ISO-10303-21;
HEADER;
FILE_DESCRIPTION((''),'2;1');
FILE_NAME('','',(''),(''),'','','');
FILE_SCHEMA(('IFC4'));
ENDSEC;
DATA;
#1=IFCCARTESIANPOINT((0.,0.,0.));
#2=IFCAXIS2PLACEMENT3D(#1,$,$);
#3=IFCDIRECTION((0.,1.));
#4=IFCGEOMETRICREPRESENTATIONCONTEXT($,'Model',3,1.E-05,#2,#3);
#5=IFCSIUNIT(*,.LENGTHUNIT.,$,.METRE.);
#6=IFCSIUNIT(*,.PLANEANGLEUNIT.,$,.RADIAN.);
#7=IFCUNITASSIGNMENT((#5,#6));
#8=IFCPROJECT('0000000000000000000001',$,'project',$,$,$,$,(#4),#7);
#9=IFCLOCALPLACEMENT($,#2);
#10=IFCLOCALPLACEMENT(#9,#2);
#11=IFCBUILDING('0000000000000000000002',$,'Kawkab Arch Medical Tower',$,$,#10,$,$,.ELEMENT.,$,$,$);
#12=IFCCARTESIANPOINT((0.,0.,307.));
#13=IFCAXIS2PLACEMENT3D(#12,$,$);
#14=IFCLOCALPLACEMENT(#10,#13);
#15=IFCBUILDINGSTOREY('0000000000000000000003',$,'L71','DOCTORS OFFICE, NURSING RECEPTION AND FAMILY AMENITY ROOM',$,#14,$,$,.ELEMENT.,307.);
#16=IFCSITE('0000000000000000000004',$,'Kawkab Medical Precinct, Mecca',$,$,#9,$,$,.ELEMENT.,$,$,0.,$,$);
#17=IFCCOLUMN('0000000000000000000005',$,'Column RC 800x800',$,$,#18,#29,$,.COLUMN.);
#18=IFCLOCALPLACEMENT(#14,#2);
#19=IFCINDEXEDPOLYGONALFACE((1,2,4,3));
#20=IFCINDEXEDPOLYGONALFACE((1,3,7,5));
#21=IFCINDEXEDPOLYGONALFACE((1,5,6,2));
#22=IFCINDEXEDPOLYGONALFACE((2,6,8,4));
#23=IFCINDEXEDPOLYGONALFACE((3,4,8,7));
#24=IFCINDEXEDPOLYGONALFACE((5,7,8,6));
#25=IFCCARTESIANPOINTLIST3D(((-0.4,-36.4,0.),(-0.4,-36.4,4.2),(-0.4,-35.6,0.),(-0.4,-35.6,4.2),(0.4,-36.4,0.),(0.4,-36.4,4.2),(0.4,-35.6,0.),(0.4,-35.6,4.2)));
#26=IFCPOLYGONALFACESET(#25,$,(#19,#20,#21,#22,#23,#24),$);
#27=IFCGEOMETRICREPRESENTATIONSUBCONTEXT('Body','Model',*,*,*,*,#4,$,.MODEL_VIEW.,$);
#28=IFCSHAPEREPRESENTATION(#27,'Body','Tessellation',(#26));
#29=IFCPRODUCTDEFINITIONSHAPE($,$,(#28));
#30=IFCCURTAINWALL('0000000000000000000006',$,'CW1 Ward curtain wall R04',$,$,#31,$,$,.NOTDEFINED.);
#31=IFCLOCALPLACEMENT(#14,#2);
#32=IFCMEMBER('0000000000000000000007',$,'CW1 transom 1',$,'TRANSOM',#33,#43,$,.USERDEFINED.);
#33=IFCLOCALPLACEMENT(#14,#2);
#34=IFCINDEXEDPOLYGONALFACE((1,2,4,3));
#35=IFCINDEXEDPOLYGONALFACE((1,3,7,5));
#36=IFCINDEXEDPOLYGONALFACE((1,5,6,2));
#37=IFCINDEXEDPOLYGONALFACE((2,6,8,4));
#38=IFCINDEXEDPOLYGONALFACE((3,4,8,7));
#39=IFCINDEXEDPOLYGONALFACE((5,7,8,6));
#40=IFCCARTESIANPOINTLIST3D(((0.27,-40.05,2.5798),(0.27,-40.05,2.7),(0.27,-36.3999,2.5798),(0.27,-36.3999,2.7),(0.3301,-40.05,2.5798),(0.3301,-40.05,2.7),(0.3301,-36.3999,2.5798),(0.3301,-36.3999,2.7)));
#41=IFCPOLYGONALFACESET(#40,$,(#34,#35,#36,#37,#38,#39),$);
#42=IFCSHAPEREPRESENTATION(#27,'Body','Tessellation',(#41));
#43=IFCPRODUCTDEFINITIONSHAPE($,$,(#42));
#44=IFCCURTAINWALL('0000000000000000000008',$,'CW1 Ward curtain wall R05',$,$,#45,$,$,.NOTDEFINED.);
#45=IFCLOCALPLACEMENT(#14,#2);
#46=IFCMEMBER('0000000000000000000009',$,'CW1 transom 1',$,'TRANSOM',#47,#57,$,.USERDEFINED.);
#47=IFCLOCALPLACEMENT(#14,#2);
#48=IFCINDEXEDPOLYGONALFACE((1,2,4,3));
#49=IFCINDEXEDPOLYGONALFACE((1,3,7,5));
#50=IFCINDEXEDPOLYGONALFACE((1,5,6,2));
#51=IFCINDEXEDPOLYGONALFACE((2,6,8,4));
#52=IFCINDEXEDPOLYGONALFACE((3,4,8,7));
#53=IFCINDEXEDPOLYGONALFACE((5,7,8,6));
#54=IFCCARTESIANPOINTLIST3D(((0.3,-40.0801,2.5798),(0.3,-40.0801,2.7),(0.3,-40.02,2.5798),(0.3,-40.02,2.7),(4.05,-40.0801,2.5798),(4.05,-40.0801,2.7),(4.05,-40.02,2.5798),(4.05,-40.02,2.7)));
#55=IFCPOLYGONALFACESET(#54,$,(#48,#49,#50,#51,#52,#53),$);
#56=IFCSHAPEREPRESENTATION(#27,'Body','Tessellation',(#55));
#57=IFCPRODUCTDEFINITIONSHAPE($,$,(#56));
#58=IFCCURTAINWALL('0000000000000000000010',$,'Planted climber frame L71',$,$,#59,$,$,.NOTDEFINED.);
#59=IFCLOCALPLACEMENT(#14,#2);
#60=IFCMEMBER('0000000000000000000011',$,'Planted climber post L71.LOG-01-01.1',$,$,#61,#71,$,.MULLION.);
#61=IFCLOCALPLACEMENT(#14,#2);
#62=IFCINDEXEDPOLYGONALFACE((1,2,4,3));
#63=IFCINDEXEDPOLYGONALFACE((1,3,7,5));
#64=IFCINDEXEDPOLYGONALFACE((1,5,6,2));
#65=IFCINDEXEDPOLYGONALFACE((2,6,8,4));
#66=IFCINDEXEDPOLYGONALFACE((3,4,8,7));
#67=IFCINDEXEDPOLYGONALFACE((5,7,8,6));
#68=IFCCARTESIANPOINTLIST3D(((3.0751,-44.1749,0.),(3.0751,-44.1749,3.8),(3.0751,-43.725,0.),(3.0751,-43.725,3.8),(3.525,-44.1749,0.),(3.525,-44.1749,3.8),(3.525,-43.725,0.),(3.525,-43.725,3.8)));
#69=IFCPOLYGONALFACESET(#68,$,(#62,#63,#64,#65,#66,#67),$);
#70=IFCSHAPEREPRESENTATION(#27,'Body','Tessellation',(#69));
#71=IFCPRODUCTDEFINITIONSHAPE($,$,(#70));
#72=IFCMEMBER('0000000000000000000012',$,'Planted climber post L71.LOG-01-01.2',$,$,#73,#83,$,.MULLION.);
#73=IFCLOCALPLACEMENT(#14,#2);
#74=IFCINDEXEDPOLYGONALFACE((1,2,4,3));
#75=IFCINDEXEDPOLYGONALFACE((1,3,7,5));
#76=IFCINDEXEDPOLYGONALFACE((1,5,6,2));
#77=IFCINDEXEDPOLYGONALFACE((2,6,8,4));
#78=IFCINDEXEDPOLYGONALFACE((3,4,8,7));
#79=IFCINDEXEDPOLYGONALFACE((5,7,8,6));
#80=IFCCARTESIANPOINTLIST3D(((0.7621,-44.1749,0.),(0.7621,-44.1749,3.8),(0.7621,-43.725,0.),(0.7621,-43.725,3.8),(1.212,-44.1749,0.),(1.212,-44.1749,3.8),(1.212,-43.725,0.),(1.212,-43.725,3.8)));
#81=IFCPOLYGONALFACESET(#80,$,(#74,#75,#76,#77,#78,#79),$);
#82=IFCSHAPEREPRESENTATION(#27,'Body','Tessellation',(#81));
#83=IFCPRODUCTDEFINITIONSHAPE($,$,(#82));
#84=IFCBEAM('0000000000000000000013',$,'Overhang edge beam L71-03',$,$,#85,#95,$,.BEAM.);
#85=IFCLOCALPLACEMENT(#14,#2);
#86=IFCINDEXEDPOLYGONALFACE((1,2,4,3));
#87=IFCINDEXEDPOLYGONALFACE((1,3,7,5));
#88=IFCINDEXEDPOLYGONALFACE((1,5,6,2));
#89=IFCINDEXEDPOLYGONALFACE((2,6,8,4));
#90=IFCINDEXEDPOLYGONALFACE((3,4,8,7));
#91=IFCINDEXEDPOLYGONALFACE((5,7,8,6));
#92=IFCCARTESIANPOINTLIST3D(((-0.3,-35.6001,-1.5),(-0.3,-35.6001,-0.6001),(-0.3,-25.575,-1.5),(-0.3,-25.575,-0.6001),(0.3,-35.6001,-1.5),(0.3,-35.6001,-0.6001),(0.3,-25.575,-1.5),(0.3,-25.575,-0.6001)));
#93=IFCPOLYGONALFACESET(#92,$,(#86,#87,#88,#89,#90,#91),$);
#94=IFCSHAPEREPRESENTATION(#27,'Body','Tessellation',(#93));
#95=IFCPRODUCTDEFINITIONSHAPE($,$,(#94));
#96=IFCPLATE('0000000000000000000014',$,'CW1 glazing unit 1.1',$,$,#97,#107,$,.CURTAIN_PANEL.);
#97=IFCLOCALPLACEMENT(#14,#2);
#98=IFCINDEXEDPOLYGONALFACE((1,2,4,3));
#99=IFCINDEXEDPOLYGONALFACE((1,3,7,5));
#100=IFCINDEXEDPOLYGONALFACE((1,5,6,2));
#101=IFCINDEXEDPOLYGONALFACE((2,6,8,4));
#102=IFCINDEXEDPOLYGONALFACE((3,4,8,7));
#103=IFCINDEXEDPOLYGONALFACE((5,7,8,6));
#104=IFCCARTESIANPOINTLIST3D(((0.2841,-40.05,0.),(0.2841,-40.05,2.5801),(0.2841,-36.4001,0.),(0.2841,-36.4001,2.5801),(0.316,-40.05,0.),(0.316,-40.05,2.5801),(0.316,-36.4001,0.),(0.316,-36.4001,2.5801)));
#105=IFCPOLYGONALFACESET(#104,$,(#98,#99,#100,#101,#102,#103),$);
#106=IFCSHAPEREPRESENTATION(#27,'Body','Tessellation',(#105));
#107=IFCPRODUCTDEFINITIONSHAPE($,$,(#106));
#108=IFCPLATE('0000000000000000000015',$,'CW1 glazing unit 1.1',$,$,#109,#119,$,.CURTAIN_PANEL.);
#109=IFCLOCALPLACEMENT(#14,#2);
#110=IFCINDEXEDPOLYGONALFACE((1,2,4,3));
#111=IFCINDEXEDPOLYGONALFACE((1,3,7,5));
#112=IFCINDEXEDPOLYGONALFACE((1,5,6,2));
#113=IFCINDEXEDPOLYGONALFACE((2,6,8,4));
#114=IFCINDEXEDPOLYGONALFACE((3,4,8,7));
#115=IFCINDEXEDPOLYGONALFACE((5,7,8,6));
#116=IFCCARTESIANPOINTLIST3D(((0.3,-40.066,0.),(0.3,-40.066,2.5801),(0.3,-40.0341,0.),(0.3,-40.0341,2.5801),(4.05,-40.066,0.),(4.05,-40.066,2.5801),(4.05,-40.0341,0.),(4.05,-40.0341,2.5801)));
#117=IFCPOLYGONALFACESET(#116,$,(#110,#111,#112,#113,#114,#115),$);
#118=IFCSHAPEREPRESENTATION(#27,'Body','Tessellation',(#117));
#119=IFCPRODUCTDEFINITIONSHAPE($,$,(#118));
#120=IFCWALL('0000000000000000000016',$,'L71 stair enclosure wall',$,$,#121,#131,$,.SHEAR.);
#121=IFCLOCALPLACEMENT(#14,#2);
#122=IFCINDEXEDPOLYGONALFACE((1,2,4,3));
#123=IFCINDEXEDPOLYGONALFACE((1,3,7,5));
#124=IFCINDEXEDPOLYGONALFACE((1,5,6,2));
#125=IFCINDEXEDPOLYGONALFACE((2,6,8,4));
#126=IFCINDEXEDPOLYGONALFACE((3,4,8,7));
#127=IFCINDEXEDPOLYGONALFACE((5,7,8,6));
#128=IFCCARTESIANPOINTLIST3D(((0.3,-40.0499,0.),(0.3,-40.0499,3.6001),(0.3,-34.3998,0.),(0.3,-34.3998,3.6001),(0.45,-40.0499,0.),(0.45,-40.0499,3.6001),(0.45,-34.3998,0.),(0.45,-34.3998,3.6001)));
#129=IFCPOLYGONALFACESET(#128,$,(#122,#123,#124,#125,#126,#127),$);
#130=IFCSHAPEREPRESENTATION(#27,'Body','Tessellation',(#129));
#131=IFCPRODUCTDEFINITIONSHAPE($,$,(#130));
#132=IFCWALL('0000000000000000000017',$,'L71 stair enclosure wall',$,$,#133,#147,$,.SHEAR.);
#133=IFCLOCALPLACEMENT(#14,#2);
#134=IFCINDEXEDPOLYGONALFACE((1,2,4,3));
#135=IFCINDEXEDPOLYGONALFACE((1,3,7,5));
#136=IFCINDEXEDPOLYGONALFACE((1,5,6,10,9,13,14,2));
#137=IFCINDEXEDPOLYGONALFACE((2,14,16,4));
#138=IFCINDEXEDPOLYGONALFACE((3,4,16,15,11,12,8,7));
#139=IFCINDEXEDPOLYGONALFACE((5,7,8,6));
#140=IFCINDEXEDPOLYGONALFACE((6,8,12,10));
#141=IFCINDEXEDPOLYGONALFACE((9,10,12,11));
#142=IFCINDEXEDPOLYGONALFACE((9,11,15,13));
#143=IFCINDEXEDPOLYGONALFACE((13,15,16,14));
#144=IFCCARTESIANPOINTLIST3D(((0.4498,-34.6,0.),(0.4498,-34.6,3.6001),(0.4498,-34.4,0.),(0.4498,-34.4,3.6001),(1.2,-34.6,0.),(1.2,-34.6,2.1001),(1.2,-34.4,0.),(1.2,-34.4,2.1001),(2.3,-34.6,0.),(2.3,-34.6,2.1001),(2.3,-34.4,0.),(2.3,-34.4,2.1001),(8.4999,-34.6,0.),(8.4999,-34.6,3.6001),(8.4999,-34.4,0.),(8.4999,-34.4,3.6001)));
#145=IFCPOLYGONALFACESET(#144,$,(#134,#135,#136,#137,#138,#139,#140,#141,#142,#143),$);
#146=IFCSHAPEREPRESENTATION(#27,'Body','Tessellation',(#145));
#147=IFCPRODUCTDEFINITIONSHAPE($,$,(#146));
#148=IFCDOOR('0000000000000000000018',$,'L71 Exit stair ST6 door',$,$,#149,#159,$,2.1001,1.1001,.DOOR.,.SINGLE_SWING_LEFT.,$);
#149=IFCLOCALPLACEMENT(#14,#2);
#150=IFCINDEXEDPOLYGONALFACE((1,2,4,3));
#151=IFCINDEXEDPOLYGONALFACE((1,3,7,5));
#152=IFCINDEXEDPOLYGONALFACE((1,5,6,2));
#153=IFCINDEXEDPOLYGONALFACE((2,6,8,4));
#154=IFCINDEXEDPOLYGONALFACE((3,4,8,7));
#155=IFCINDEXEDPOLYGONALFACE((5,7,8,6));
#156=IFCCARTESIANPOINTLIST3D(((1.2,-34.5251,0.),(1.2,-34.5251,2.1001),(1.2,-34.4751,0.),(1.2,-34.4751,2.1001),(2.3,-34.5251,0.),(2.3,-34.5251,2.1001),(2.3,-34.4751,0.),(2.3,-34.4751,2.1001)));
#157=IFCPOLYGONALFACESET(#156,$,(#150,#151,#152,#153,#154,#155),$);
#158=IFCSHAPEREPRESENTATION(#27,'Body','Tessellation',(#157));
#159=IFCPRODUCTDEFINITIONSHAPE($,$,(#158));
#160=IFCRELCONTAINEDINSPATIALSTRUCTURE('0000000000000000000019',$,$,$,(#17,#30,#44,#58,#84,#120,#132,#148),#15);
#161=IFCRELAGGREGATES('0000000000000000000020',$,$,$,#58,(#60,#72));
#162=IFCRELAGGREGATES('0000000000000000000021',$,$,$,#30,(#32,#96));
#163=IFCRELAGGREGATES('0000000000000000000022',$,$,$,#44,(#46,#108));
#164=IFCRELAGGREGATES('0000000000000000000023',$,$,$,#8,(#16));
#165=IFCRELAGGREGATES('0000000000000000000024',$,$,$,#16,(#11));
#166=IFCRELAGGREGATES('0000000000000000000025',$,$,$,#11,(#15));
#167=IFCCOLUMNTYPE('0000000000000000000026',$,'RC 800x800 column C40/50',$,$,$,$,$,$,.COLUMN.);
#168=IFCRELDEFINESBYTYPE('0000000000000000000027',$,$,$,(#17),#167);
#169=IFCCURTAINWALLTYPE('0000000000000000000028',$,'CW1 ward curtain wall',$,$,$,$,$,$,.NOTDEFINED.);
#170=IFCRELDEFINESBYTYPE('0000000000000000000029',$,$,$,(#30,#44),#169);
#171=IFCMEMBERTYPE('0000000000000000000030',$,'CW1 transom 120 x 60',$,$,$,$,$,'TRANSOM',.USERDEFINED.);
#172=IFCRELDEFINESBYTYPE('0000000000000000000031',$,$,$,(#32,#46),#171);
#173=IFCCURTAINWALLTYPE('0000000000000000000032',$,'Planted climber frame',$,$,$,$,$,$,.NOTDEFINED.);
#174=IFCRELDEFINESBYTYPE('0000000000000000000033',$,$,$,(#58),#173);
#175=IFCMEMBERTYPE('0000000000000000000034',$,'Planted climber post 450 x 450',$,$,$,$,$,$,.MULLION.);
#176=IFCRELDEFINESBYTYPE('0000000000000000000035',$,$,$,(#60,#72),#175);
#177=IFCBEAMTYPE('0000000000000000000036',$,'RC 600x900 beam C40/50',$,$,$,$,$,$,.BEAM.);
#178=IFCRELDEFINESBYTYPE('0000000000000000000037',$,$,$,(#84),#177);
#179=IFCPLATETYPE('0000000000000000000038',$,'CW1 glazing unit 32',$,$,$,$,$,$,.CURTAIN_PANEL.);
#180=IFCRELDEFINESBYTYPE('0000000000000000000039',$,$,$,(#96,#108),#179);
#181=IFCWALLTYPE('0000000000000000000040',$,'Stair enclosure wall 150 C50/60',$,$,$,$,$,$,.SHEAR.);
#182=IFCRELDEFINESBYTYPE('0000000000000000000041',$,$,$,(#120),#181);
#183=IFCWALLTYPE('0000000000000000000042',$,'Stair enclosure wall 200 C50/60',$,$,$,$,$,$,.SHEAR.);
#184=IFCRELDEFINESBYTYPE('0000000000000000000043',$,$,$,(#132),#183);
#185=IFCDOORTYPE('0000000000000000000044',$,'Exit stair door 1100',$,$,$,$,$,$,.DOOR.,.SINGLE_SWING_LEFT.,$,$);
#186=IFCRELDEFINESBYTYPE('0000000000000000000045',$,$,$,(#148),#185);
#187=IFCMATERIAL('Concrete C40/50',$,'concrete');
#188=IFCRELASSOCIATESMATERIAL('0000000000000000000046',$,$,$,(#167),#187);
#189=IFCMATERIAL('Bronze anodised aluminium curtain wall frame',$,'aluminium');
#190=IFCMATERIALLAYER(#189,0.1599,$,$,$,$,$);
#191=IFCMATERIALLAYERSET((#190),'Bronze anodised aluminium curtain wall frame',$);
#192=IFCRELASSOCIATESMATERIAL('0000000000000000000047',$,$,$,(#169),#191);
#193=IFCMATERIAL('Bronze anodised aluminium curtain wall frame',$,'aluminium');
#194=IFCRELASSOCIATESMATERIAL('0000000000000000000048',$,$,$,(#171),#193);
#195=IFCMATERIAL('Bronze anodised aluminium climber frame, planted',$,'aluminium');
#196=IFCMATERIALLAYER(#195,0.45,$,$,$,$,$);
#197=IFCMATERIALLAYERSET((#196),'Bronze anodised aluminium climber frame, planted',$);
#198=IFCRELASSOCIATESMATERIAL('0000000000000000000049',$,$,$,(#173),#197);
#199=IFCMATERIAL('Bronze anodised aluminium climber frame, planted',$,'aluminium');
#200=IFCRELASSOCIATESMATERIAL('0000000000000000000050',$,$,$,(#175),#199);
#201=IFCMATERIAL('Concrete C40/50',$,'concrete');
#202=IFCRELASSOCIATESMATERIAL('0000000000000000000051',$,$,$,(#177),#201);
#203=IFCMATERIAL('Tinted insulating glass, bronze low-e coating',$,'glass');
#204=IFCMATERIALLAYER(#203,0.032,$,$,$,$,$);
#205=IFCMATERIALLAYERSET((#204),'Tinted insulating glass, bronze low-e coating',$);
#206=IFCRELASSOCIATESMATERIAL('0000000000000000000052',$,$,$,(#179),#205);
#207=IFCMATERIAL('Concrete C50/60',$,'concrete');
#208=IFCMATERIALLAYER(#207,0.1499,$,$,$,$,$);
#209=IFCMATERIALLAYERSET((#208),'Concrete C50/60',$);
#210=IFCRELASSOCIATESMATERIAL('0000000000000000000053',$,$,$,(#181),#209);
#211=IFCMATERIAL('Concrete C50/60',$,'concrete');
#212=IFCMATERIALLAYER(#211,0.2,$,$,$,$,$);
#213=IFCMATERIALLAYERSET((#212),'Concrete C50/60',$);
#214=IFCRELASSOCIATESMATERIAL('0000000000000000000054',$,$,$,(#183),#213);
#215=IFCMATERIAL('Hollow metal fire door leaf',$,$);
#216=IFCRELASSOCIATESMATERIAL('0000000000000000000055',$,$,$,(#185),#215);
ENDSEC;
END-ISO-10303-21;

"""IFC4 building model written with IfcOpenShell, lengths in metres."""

from ifc_helpers import new_model, si_unit, direction, frame, frame_2d, origin, origin_2d, place, context, subcontext, project, spatial, rectangle, extrude, material, layer, layer_set, material_profile, profile_set, type_object, element, fill, aggregate, save


model = new_model("IFC4")

# Units and contexts
model_context = context("Model", 3, precision=1e-05, world=origin(), true_north=direction((0.0, 1.0)))
body_context = subcontext(model_context, "Body", "Model", "MODEL_VIEW")
ifc_project = project(units=[si_unit("LENGTHUNIT", "METRE"), si_unit("PLANEANGLEUNIT", "RADIAN")], contexts=[model_context])

# Site, building, storey
site_placement = place(None, origin())
site = spatial("IfcSite", under=ifc_project, at=site_placement, Name="Kawkab Medical Precinct, Mecca", CompositionType="ELEMENT", RefElevation=0.0)
building_placement = place(site_placement, origin())
building = spatial("IfcBuilding", under=site, at=building_placement, Name="Kawkab Arch Medical Tower", CompositionType="ELEMENT")
storey_placement = place(building_placement, frame((0.0, 0.0, 307.0)))
storey = spatial("IfcBuildingStorey", under=building, at=storey_placement, Name="L71", Description="DOCTORS OFFICE, NURSING RECEPTION AND FAMILY AMENITY ROOM", CompositionType="ELEMENT", Elevation=307.0)

# Column
ifc_material_1 = material(Name="Concrete C40/50", Category="concrete")
ifc_material_profile_1 = material_profile(ifc_material_1, rectangle(XDim=0.8, YDim=0.8, at=origin_2d()), Name="RC 800x800")
ifc_profile_set_1 = profile_set([ifc_material_profile_1], Name="Concrete C40/50")
column_type = type_object("IfcColumnType", Name="RC 800x800 column C40/50", PredefinedType="COLUMN", material=ifc_profile_set_1)
column_placement = place(storey_placement, frame((0.0, -36.0, 0.0), z_axis=(0.0, 0.0, 1.0), x_axis=(1.0, 0.0, 0.0)))
element("IfcColumn", 1, at=column_placement, inside=storey, type_object=column_type, Name="Column RC 800x800", PredefinedType="COLUMN", context=body_context, shape_type="SweptSolid", body=[
    extrude(rectangle(XDim=0.8, YDim=0.8, at=origin_2d()), origin(), (0.0, 0.0, 1.0), 4.2),
])

# Curtain walls, members
ifc_material_2 = material(Name="Bronze anodised aluminium curtain wall frame", Category="aluminium")
ifc_layer_1 = layer(ifc_material_2, 0.1599)
ifc_layer_set_1 = layer_set([ifc_layer_1], Name="Bronze anodised aluminium curtain wall frame")
curtain_wall_type_1 = type_object("IfcCurtainWallType", Name="CW1 ward curtain wall", PredefinedType="NOTDEFINED", material=ifc_layer_set_1)
placement = place(storey_placement, origin())
curtain_wall_1 = element("IfcCurtainWall", 2, at=placement, inside=storey, type_object=curtain_wall_type_1, Name="CW1 Ward curtain wall R04", PredefinedType="NOTDEFINED")
ifc_material_3 = material(Name="Bronze anodised aluminium curtain wall frame", Category="aluminium")
ifc_material_profile_2 = material_profile(ifc_material_3, rectangle(XDim=0.0601, YDim=0.1201, at=origin_2d()), Name="AL 60x120")
ifc_profile_set_2 = profile_set([ifc_material_profile_2], Name="Bronze anodised aluminium curtain wall frame")
member_type_1 = type_object("IfcMemberType", Name="CW1 transom 120 x 60", ElementType="TRANSOM", PredefinedType="USERDEFINED", material=ifc_profile_set_2)
member_1_placement = place(storey_placement, frame((0.3, -36.3999, 2.6399), z_axis=(0.0, -1.0, 0.0), x_axis=(1.0, 0.0, 0.0)))
member_1 = element("IfcMember", 3, at=member_1_placement, type_object=member_type_1, Name="CW1 transom 1", ObjectType="TRANSOM", PredefinedType="USERDEFINED", context=body_context, shape_type="SweptSolid", body=[
    extrude(rectangle(XDim=0.0601, YDim=0.1201, at=origin_2d()), origin(), (0.0, 0.0, 1.0), 3.6501),
])
curtain_wall_2 = element("IfcCurtainWall", 4, at=placement, inside=storey, type_object=curtain_wall_type_1, Name="CW1 Ward curtain wall R05", PredefinedType="NOTDEFINED")
member_2_placement = place(storey_placement, frame((0.3, -40.05, 2.6399), z_axis=(1.0, 0.0, 0.0), x_axis=(0.0, 1.0, 0.0)))
member_2 = element("IfcMember", 5, at=member_2_placement, type_object=member_type_1, Name="CW1 transom 1", ObjectType="TRANSOM", PredefinedType="USERDEFINED", context=body_context, shape_type="SweptSolid", body=[
    extrude(rectangle(XDim=0.0601, YDim=0.1201, at=origin_2d()), origin(), (0.0, 0.0, 1.0), 3.75),
])

# Curtain wall, members
ifc_material_4 = material(Name="Bronze anodised aluminium climber frame, planted", Category="aluminium")
ifc_layer_2 = layer(ifc_material_4, 0.45)
ifc_layer_set_2 = layer_set([ifc_layer_2], Name="Bronze anodised aluminium climber frame, planted")
curtain_wall_type_2 = type_object("IfcCurtainWallType", Name="Planted climber frame", PredefinedType="NOTDEFINED", material=ifc_layer_set_2)
curtain_wall_3 = element("IfcCurtainWall", 6, at=placement, inside=storey, type_object=curtain_wall_type_2, Name="Planted climber frame L71", PredefinedType="NOTDEFINED")
ifc_material_5 = material(Name="Bronze anodised aluminium climber frame, planted", Category="aluminium")
ifc_material_profile_3 = material_profile(ifc_material_5, rectangle(XDim=0.45, YDim=0.45, at=origin_2d()), Name="Post 450x450")
ifc_profile_set_3 = profile_set([ifc_material_profile_3], Name="Bronze anodised aluminium climber frame, planted")
member_type_2 = type_object("IfcMemberType", Name="Planted climber post 450 x 450", PredefinedType="MULLION", material=ifc_profile_set_3)
member_3_placement = place(storey_placement, frame((3.3, -43.95, 0.0), z_axis=(0.0, 0.0, 1.0), x_axis=(1.0, 0.0, 0.0)))
member_3 = element("IfcMember", 7, at=member_3_placement, type_object=member_type_2, Name="Planted climber post L71.LOG-01-01.1", PredefinedType="MULLION", context=body_context, shape_type="SweptSolid", body=[
    extrude(rectangle(XDim=0.45, YDim=0.45, at=origin_2d()), origin(), (0.0, 0.0, 1.0), 3.8),
])
member_4_placement = place(storey_placement, frame((0.9871, -43.95, 0.0), z_axis=(0.0, 0.0, 1.0), x_axis=(1.0, 0.0, 0.0)))
member_4 = element("IfcMember", 8, at=member_4_placement, type_object=member_type_2, Name="Planted climber post L71.LOG-01-01.2", PredefinedType="MULLION", context=body_context, shape_type="SweptSolid", body=[
    extrude(rectangle(XDim=0.45, YDim=0.45, at=origin_2d()), origin(), (0.0, 0.0, 1.0), 3.8),
])
aggregate(curtain_wall_3, [member_3, member_4])

# Beam
ifc_material_6 = material(Name="Concrete C40/50", Category="concrete")
ifc_material_profile_4 = material_profile(ifc_material_6, rectangle(XDim=0.6001, YDim=0.8999, at=origin_2d()), Name="RC 600x900")
ifc_profile_set_4 = profile_set([ifc_material_profile_4], Name="Concrete C40/50")
beam_type = type_object("IfcBeamType", Name="RC 600x900 beam C40/50", PredefinedType="BEAM", material=ifc_profile_set_4)
beam_placement = place(storey_placement, frame((0.0, -35.6001, -1.05), z_axis=(0.0, 1.0, 0.0), x_axis=(-1.0, 0.0, 0.0)))
element("IfcBeam", 9, at=beam_placement, inside=storey, type_object=beam_type, Name="Overhang edge beam L71-03", PredefinedType="BEAM", context=body_context, shape_type="SweptSolid", body=[
    extrude(rectangle(XDim=0.6001, YDim=0.8999, at=origin_2d()), origin(), (0.0, 0.0, 1.0), 10.0251),
])

# Plates
ifc_material_7 = material(Name="Tinted insulating glass, bronze low-e coating", Category="glass")
ifc_layer_3 = layer(ifc_material_7, 0.032)
ifc_layer_set_3 = layer_set([ifc_layer_3], Name="Tinted insulating glass, bronze low-e coating")
plate_type = type_object("IfcPlateType", Name="CW1 glazing unit 32", PredefinedType="CURTAIN_PANEL", material=ifc_layer_set_3)
plate_1_placement = place(storey_placement, frame((0.3, -38.2251, 0.0), z_axis=(0.0, 0.0, 1.0), x_axis=(0.0, -1.0, 0.0)))
plate_1 = element("IfcPlate", 10, at=plate_1_placement, type_object=plate_type, Name="CW1 glazing unit 1.1", PredefinedType="CURTAIN_PANEL", context=body_context, shape_type="SweptSolid", body=[
    extrude(rectangle(XDim=3.6499, YDim=0.032, at=origin_2d()), origin(), (0.0, 0.0, 1.0), 2.5801),
])
aggregate(curtain_wall_1, [member_1, plate_1])
plate_2_placement = place(storey_placement, frame((2.175, -40.05, 0.0), z_axis=(0.0, 0.0, 1.0), x_axis=(1.0, 0.0, 0.0)))
plate_2 = element("IfcPlate", 11, at=plate_2_placement, type_object=plate_type, Name="CW1 glazing unit 1.1", PredefinedType="CURTAIN_PANEL", context=body_context, shape_type="SweptSolid", body=[
    extrude(rectangle(XDim=3.75, YDim=0.032, at=origin_2d()), origin(), (0.0, 0.0, 1.0), 2.5801),
])
aggregate(curtain_wall_2, [member_2, plate_2])

# Wall
ifc_material_8 = material(Name="Concrete C50/60", Category="concrete")
ifc_layer_4 = layer(ifc_material_8, 0.1499)
ifc_layer_set_4 = layer_set([ifc_layer_4], Name="Concrete C50/60")
wall_type_1 = type_object("IfcWallType", Name="Stair enclosure wall 150 C50/60", PredefinedType="SHEAR", material=ifc_layer_set_4)
wall_1_placement = place(storey_placement, frame((0.375, -40.05, 0.0), z_axis=(0.0, 0.0, 1.0), x_axis=(0.0, 1.0, 0.0)))
element("IfcWall", 12, at=wall_1_placement, inside=storey, type_object=wall_type_1, Name="L71 stair enclosure wall", PredefinedType="SHEAR", context=body_context, shape_type="SweptSolid", body=[
    extrude(rectangle(XDim=5.6501, YDim=0.1499, at=frame_2d((2.8252, 0.0))), origin(), (0.0, 0.0, 1.0), 3.6001),
])

# Wall, opening, door
ifc_material_9 = material(Name="Concrete C50/60", Category="concrete")
ifc_layer_5 = layer(ifc_material_9, 0.2)
ifc_layer_set_5 = layer_set([ifc_layer_5], Name="Concrete C50/60")
wall_type_2 = type_object("IfcWallType", Name="Stair enclosure wall 200 C50/60", PredefinedType="SHEAR", material=ifc_layer_set_5)
wall_2_placement = place(storey_placement, frame((0.45, -34.5, 0.0), z_axis=(0.0, 0.0, 1.0), x_axis=(1.0, 0.0, 0.0)))
wall_2 = element("IfcWall", 13, at=wall_2_placement, inside=storey, type_object=wall_type_2, Name="L71 stair enclosure wall", PredefinedType="SHEAR", context=body_context, shape_type="SweptSolid", body=[
    extrude(rectangle(XDim=8.05, YDim=0.2, at=frame_2d((4.0249, 0.0))), origin(), (0.0, 0.0, 1.0), 3.6001),
])
opening_1_placement = place(wall_2_placement, frame((0.75, 0.0, 0.0)))
opening_1 = element("IfcOpeningElement", 14, at=opening_1_placement, cuts=wall_2, PredefinedType="OPENING", context=body_context, shape_type="SweptSolid", body=[
    extrude(rectangle(XDim=1.1001, YDim=2.1001, at=frame_2d((0.55, 1.05))), frame((0.0, 0.1099, 0.0), z_axis=(0.0, -1.0, 0.0), x_axis=(1.0, 0.0, 0.0)), (0.0, 0.0, 1.0), 0.22),
])
ifc_material_10 = material(Name="Hollow metal fire door leaf")
door_type_1 = type_object("IfcDoorType", Name="Exit stair door 1100", OperationType="SINGLE_SWING_LEFT", PredefinedType="DOOR", material=ifc_material_10)
door_1_placement = place(opening_1_placement, origin())
door_1 = element("IfcDoor", 15, at=door_1_placement, inside=storey, type_object=door_type_1, Name="L71 Exit stair ST6 door", OperationType="SINGLE_SWING_LEFT", OverallHeight=2.1001, OverallWidth=1.1001, PredefinedType="DOOR", context=body_context, shape_type="SweptSolid", body=[
    extrude(rectangle(XDim=1.1001, YDim=2.1001, at=frame_2d((0.55, 1.05))), frame((0.0, 0.0249, 0.0), z_axis=(0.0, -1.0, 0.0), x_axis=(1.0, 0.0, 0.0)), (0.0, 0.0, 1.0), 0.05),
])
fill(opening_1, door_1)

save(model, "model.ifc")
